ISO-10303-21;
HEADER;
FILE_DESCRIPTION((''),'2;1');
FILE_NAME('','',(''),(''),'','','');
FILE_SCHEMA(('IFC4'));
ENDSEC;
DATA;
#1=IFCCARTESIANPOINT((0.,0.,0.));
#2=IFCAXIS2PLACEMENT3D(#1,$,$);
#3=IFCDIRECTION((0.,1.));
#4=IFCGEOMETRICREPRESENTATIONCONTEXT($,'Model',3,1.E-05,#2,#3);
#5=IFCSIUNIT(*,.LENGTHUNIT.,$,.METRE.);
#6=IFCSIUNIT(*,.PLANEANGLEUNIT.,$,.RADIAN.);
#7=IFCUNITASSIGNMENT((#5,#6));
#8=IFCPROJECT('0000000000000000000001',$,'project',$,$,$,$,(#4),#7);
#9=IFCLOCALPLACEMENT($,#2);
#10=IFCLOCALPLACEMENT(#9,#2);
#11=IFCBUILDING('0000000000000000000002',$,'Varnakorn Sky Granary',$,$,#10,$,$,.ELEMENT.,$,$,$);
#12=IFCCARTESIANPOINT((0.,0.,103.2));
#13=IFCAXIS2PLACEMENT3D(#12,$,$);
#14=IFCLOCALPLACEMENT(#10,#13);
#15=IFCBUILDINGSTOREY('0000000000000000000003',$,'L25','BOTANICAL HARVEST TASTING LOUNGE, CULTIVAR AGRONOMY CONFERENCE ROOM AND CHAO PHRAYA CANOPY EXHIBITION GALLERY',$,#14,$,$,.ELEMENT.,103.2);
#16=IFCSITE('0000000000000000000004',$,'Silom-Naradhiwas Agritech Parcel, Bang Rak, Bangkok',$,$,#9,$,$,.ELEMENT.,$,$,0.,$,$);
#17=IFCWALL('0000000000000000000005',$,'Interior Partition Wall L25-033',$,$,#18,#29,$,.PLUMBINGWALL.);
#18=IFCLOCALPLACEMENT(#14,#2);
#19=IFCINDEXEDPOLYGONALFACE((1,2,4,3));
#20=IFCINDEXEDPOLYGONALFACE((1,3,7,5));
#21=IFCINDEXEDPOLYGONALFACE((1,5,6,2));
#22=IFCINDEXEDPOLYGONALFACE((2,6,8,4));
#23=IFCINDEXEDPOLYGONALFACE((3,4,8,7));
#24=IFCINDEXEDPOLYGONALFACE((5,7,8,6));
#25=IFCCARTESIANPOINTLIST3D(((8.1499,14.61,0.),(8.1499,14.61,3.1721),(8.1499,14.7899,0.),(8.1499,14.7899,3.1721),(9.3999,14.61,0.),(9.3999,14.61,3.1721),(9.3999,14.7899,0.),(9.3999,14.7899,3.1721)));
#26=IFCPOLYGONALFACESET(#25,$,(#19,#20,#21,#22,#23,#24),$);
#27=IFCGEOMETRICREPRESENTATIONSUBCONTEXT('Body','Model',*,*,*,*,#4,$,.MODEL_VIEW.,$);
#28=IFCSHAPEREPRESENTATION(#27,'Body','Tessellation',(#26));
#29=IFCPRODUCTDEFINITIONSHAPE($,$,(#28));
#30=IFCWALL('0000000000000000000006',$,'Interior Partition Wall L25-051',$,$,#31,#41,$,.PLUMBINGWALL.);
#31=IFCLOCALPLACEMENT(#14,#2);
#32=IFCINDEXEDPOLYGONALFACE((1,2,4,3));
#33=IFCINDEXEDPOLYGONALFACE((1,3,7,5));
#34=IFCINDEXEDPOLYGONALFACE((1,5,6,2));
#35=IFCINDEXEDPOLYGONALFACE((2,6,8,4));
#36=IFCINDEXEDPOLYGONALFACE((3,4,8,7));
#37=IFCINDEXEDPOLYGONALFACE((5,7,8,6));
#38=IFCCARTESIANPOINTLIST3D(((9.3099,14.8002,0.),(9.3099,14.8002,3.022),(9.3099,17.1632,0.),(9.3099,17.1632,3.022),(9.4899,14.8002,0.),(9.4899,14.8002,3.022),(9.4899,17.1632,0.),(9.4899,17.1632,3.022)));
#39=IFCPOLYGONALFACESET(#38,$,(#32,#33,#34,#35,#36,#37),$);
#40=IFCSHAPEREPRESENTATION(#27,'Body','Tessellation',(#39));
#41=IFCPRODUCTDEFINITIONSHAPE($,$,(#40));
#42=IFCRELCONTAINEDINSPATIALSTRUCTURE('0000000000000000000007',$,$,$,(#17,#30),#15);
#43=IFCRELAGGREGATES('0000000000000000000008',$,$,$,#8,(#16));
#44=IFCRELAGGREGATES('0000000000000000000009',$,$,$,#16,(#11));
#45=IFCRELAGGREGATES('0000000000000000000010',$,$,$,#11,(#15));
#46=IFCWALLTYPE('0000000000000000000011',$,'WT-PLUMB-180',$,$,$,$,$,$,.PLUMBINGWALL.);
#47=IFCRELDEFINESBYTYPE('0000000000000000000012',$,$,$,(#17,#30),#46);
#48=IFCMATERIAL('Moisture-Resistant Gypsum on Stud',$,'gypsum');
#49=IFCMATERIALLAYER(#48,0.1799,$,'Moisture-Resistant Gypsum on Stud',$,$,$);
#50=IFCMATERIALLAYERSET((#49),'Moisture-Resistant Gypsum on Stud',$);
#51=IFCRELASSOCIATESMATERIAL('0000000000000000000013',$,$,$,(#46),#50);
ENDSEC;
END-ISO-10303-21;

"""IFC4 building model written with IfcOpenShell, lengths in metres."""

from ifc_helpers import new_model, si_unit, direction, frame, frame_2d, origin, place, context, subcontext, project, spatial, rectangle, extrude, material, layer, layer_set, type_object, element, save


model = new_model("IFC4")

# Units and contexts
model_context = context("Model", 3, precision=1e-05, world=origin(), true_north=direction((0.0, 1.0)))
body_context = subcontext(model_context, "Body", "Model", "MODEL_VIEW")
ifc_project = project(units=[si_unit("LENGTHUNIT", "METRE"), si_unit("PLANEANGLEUNIT", "RADIAN")], contexts=[model_context])

# Site, building, storey
site_placement = place(None, origin())
site = spatial("IfcSite", under=ifc_project, at=site_placement, Name="Silom-Naradhiwas Agritech Parcel, Bang Rak, Bangkok", CompositionType="ELEMENT", RefElevation=0.0)
building_placement = place(site_placement, origin())
building = spatial("IfcBuilding", under=site, at=building_placement, Name="Varnakorn Sky Granary", CompositionType="ELEMENT")
storey_placement = place(building_placement, frame((0.0, 0.0, 103.2)))
storey = spatial("IfcBuildingStorey", under=building, at=storey_placement, Name="L25", Description="BOTANICAL HARVEST TASTING LOUNGE, CULTIVAR AGRONOMY CONFERENCE ROOM AND CHAO PHRAYA CANOPY EXHIBITION GALLERY", CompositionType="ELEMENT", Elevation=103.2)

# Shared definitions
ifc_material_1 = material(Name="Moisture-Resistant Gypsum on Stud", Category="gypsum")
ifc_layer_1 = layer(ifc_material_1, 0.1799, Name="Moisture-Resistant Gypsum on Stud")
ifc_layer_set_1 = layer_set([ifc_layer_1], Name="Moisture-Resistant Gypsum on Stud")
wall_type_1 = type_object("IfcWallType", Name="WT-PLUMB-180", PredefinedType="PLUMBINGWALL", material=ifc_layer_set_1)

# Walls
wall_1_placement = place(storey_placement, frame((9.3999, 14.7, 0.0), z_axis=(0.0, 0.0, 1.0), x_axis=(-1.0, 0.0, 0.0)))
element("IfcWall", 1, at=wall_1_placement, inside=storey, type_object=wall_type_1, Name="Interior Partition Wall L25-033", PredefinedType="PLUMBINGWALL", context=body_context, shape_type="SweptSolid", body=[
    extrude(rectangle(XDim=1.25, YDim=0.1799, at=frame_2d((0.625, 0.0))), origin(), (0.0, 0.0, 1.0), 3.1721),
])
wall_2_placement = place(storey_placement, frame((9.3999, 14.8, 0.0), z_axis=(0.0, 0.0, 1.0), x_axis=(0.0, 1.0, 0.0)))
element("IfcWall", 2, at=wall_2_placement, inside=storey, type_object=wall_type_1, Name="Interior Partition Wall L25-051", PredefinedType="PLUMBINGWALL", context=body_context, shape_type="SweptSolid", body=[
    extrude(rectangle(XDim=2.363, YDim=0.1799, at=frame_2d((1.1816, 0.0))), origin(), (0.0, 0.0, 1.0), 3.022),
])

save(model, "model.ifc")
